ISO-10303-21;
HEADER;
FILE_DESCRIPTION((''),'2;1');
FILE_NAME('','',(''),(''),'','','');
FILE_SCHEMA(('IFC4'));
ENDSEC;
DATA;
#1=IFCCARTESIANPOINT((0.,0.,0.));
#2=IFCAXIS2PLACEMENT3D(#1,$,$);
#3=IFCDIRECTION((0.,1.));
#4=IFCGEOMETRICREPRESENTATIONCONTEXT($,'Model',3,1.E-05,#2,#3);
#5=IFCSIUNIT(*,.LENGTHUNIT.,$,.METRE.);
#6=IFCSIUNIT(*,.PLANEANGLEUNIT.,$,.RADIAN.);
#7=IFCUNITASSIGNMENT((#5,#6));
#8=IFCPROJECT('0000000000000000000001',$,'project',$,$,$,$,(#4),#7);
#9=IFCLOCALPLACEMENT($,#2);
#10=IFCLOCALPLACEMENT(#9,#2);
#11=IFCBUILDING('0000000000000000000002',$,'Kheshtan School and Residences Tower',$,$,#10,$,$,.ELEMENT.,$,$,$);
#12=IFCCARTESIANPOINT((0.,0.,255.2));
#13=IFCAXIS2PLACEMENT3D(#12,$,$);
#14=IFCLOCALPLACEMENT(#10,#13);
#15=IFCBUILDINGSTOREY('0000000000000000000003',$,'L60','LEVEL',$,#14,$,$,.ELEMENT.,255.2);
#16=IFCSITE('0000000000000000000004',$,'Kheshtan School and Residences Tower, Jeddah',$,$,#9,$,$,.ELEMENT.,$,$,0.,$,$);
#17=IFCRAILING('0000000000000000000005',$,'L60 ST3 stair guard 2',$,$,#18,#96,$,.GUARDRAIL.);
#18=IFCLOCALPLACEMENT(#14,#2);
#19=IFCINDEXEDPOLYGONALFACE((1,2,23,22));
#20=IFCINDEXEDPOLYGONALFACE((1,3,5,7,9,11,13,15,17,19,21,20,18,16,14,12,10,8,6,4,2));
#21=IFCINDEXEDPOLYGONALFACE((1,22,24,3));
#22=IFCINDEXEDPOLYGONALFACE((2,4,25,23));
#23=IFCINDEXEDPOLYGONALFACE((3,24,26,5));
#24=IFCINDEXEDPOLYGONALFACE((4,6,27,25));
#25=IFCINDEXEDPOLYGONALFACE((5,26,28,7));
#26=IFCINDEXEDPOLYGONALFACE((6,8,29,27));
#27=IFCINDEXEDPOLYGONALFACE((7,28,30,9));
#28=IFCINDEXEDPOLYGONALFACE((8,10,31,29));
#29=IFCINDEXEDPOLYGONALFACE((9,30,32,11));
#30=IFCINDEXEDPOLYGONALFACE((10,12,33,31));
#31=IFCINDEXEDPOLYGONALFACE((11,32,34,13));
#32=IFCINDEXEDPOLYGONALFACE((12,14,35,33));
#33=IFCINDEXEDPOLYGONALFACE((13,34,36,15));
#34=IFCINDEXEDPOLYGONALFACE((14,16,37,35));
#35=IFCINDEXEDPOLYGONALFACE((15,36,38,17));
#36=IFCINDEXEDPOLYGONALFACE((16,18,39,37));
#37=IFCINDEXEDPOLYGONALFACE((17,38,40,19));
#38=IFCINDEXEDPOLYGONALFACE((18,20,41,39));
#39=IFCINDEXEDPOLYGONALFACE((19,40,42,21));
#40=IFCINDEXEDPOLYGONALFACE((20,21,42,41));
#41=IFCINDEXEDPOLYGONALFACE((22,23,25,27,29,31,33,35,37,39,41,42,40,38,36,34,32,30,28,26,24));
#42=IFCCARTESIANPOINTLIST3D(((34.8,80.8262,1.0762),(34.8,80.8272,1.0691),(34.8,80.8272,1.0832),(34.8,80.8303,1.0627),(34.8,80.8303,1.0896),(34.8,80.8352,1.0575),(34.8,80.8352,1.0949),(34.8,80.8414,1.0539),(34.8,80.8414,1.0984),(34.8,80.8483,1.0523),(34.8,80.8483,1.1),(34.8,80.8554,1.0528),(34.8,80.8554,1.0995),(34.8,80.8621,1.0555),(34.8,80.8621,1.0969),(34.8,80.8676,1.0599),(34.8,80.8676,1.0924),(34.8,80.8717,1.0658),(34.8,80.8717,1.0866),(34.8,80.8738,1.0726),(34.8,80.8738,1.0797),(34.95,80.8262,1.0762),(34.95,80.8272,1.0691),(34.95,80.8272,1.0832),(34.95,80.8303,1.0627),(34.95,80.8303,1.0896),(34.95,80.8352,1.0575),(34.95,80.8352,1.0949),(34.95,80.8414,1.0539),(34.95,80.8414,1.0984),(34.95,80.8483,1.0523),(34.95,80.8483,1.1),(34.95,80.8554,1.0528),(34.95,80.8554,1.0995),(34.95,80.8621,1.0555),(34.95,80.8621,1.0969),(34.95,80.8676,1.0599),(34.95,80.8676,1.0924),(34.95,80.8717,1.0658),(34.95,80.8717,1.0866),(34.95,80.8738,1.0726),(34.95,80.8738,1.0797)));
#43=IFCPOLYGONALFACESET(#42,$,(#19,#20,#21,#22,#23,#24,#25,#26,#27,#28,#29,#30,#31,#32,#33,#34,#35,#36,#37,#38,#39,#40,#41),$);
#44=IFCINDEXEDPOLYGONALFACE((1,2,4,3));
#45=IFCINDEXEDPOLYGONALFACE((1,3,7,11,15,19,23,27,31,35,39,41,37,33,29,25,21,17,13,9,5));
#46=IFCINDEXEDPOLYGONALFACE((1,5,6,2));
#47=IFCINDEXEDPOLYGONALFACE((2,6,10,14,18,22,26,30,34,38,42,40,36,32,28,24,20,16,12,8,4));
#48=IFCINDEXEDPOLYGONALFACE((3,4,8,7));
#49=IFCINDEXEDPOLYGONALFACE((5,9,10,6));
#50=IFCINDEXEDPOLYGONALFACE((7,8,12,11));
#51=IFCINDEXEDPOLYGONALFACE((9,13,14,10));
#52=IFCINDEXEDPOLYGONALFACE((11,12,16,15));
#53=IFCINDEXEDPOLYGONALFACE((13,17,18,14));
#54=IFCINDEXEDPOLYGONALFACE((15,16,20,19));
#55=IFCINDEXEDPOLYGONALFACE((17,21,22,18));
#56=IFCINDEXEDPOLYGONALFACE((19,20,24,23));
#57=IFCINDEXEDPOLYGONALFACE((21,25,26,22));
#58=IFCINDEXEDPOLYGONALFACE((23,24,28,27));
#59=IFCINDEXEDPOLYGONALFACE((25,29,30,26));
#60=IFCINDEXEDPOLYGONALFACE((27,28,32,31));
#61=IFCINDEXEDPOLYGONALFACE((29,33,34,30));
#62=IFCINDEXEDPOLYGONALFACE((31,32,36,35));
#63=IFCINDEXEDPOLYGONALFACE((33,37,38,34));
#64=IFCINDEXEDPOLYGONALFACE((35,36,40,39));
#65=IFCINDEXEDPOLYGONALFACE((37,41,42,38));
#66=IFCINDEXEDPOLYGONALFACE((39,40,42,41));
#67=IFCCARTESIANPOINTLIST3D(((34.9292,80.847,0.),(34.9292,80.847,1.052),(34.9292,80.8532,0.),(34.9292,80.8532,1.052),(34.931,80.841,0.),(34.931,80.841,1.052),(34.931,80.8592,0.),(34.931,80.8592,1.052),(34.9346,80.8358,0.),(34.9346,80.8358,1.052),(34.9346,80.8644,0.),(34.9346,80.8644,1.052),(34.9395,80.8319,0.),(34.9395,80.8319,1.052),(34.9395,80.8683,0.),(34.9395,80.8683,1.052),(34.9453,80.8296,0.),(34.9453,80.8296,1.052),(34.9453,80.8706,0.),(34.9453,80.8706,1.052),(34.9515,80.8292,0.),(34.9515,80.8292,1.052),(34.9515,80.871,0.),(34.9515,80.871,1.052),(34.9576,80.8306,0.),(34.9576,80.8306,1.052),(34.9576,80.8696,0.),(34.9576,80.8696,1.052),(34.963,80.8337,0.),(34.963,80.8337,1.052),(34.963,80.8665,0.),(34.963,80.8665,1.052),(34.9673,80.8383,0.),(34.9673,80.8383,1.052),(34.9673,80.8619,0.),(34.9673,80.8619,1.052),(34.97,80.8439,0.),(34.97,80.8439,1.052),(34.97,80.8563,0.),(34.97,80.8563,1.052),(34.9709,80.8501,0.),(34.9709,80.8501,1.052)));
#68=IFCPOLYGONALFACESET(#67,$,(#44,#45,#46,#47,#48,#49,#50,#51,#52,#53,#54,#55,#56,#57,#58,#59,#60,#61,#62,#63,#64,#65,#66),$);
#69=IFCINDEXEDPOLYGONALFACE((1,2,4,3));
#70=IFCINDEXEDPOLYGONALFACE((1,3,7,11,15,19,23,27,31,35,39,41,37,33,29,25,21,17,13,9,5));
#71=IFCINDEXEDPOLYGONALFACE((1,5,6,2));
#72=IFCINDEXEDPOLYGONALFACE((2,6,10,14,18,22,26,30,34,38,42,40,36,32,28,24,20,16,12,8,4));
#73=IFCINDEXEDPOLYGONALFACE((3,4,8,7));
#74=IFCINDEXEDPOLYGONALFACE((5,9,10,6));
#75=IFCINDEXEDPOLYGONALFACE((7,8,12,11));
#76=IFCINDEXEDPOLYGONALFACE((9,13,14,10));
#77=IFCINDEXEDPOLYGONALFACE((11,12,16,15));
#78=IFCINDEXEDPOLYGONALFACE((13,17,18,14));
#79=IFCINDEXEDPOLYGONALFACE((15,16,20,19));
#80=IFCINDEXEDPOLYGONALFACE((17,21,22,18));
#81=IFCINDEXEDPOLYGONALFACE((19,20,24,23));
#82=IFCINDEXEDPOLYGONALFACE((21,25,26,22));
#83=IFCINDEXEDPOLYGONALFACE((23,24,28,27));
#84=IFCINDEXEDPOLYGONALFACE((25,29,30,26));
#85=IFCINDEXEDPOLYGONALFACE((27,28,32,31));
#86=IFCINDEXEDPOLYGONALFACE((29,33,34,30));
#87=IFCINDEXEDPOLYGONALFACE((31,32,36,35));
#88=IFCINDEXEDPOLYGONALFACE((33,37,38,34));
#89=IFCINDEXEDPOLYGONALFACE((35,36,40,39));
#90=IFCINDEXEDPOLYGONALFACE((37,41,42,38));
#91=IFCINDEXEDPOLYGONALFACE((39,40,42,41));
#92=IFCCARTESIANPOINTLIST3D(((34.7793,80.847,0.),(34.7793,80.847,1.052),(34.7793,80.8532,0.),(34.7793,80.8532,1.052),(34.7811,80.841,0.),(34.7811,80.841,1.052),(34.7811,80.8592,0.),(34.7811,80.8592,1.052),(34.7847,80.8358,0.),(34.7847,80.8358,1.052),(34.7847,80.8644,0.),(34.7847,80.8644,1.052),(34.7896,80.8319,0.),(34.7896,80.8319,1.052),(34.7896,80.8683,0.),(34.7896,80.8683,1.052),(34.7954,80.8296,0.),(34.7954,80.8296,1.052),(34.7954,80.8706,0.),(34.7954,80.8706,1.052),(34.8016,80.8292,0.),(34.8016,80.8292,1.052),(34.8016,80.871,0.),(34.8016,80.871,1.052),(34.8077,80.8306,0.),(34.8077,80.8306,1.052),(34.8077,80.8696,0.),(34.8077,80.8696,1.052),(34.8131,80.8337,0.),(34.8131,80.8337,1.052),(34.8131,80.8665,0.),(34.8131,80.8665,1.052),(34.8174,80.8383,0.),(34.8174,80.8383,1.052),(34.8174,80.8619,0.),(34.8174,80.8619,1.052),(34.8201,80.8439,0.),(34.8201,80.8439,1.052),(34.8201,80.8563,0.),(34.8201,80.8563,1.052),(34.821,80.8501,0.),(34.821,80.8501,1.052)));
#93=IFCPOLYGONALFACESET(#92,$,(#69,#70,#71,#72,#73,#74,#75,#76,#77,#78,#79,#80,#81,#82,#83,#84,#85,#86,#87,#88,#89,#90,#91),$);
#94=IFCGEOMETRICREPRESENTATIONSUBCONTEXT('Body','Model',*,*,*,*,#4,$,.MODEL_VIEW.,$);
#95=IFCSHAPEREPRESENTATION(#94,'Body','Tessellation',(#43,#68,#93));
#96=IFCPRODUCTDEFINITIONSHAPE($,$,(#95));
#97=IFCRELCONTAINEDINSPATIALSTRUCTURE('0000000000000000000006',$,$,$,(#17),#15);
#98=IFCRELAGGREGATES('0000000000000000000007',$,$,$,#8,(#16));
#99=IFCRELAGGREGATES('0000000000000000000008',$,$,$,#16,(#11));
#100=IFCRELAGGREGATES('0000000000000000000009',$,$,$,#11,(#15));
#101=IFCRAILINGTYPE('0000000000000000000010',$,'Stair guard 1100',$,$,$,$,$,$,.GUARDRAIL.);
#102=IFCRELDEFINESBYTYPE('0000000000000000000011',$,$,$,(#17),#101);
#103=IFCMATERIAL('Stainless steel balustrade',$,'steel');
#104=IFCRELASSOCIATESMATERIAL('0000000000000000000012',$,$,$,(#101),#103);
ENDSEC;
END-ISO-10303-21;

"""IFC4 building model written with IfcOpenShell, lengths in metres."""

from ifc_helpers import new_model, si_unit, direction, frame, origin, origin_2d, place, context, subcontext, project, spatial, circle, extrude, material, type_object, element, save


model = new_model("IFC4")

# Units and contexts
model_context = context("Model", 3, precision=1e-05, world=origin(), true_north=direction((0.0, 1.0)))
body_context = subcontext(model_context, "Body", "Model", "MODEL_VIEW")
ifc_project = project(units=[si_unit("LENGTHUNIT", "METRE"), si_unit("PLANEANGLEUNIT", "RADIAN")], contexts=[model_context])

# Site, building, storey
site_placement = place(None, origin())
site = spatial("IfcSite", under=ifc_project, at=site_placement, Name="Kheshtan School and Residences Tower, Jeddah", CompositionType="ELEMENT", RefElevation=0.0)
building_placement = place(site_placement, origin())
building = spatial("IfcBuilding", under=site, at=building_placement, Name="Kheshtan School and Residences Tower", CompositionType="ELEMENT")
storey_placement = place(building_placement, frame((0.0, 0.0, 255.2)))
storey = spatial("IfcBuildingStorey", under=building, at=storey_placement, Name="L60", Description="LEVEL", CompositionType="ELEMENT", Elevation=255.2)

# Railing
ifc_material_1 = material(Name="Stainless steel balustrade", Category="steel")
railing_type_1 = type_object("IfcRailingType", Name="Stair guard 1100", PredefinedType="GUARDRAIL", material=ifc_material_1)
railing_1_placement = place(storey_placement, frame((34.95, 80.8501, 0.0)))
element("IfcRailing", 1, at=railing_1_placement, inside=storey, type_object=railing_type_1, Name="L60 ST3 stair guard 2", PredefinedType="GUARDRAIL", context=body_context, shape_type="SweptSolid", body=[
    extrude(circle(Radius=0.0239, at=origin_2d()), frame((0.0, 0.0, 1.0762), z_axis=(-1.0, 0.0, 0.0), x_axis=(0.0, -1.0, 0.0)), (0.0, 0.0, 1.0), 0.1499),
    extrude(circle(Radius=0.021, at=origin_2d()), origin(), (0.0, 0.0, 1.0), 1.052),
    extrude(circle(Radius=0.021, at=origin_2d()), frame((-0.1499, 0.0, 0.0)), (0.0, 0.0, 1.0), 1.052),
])

save(model, "model.ifc")
